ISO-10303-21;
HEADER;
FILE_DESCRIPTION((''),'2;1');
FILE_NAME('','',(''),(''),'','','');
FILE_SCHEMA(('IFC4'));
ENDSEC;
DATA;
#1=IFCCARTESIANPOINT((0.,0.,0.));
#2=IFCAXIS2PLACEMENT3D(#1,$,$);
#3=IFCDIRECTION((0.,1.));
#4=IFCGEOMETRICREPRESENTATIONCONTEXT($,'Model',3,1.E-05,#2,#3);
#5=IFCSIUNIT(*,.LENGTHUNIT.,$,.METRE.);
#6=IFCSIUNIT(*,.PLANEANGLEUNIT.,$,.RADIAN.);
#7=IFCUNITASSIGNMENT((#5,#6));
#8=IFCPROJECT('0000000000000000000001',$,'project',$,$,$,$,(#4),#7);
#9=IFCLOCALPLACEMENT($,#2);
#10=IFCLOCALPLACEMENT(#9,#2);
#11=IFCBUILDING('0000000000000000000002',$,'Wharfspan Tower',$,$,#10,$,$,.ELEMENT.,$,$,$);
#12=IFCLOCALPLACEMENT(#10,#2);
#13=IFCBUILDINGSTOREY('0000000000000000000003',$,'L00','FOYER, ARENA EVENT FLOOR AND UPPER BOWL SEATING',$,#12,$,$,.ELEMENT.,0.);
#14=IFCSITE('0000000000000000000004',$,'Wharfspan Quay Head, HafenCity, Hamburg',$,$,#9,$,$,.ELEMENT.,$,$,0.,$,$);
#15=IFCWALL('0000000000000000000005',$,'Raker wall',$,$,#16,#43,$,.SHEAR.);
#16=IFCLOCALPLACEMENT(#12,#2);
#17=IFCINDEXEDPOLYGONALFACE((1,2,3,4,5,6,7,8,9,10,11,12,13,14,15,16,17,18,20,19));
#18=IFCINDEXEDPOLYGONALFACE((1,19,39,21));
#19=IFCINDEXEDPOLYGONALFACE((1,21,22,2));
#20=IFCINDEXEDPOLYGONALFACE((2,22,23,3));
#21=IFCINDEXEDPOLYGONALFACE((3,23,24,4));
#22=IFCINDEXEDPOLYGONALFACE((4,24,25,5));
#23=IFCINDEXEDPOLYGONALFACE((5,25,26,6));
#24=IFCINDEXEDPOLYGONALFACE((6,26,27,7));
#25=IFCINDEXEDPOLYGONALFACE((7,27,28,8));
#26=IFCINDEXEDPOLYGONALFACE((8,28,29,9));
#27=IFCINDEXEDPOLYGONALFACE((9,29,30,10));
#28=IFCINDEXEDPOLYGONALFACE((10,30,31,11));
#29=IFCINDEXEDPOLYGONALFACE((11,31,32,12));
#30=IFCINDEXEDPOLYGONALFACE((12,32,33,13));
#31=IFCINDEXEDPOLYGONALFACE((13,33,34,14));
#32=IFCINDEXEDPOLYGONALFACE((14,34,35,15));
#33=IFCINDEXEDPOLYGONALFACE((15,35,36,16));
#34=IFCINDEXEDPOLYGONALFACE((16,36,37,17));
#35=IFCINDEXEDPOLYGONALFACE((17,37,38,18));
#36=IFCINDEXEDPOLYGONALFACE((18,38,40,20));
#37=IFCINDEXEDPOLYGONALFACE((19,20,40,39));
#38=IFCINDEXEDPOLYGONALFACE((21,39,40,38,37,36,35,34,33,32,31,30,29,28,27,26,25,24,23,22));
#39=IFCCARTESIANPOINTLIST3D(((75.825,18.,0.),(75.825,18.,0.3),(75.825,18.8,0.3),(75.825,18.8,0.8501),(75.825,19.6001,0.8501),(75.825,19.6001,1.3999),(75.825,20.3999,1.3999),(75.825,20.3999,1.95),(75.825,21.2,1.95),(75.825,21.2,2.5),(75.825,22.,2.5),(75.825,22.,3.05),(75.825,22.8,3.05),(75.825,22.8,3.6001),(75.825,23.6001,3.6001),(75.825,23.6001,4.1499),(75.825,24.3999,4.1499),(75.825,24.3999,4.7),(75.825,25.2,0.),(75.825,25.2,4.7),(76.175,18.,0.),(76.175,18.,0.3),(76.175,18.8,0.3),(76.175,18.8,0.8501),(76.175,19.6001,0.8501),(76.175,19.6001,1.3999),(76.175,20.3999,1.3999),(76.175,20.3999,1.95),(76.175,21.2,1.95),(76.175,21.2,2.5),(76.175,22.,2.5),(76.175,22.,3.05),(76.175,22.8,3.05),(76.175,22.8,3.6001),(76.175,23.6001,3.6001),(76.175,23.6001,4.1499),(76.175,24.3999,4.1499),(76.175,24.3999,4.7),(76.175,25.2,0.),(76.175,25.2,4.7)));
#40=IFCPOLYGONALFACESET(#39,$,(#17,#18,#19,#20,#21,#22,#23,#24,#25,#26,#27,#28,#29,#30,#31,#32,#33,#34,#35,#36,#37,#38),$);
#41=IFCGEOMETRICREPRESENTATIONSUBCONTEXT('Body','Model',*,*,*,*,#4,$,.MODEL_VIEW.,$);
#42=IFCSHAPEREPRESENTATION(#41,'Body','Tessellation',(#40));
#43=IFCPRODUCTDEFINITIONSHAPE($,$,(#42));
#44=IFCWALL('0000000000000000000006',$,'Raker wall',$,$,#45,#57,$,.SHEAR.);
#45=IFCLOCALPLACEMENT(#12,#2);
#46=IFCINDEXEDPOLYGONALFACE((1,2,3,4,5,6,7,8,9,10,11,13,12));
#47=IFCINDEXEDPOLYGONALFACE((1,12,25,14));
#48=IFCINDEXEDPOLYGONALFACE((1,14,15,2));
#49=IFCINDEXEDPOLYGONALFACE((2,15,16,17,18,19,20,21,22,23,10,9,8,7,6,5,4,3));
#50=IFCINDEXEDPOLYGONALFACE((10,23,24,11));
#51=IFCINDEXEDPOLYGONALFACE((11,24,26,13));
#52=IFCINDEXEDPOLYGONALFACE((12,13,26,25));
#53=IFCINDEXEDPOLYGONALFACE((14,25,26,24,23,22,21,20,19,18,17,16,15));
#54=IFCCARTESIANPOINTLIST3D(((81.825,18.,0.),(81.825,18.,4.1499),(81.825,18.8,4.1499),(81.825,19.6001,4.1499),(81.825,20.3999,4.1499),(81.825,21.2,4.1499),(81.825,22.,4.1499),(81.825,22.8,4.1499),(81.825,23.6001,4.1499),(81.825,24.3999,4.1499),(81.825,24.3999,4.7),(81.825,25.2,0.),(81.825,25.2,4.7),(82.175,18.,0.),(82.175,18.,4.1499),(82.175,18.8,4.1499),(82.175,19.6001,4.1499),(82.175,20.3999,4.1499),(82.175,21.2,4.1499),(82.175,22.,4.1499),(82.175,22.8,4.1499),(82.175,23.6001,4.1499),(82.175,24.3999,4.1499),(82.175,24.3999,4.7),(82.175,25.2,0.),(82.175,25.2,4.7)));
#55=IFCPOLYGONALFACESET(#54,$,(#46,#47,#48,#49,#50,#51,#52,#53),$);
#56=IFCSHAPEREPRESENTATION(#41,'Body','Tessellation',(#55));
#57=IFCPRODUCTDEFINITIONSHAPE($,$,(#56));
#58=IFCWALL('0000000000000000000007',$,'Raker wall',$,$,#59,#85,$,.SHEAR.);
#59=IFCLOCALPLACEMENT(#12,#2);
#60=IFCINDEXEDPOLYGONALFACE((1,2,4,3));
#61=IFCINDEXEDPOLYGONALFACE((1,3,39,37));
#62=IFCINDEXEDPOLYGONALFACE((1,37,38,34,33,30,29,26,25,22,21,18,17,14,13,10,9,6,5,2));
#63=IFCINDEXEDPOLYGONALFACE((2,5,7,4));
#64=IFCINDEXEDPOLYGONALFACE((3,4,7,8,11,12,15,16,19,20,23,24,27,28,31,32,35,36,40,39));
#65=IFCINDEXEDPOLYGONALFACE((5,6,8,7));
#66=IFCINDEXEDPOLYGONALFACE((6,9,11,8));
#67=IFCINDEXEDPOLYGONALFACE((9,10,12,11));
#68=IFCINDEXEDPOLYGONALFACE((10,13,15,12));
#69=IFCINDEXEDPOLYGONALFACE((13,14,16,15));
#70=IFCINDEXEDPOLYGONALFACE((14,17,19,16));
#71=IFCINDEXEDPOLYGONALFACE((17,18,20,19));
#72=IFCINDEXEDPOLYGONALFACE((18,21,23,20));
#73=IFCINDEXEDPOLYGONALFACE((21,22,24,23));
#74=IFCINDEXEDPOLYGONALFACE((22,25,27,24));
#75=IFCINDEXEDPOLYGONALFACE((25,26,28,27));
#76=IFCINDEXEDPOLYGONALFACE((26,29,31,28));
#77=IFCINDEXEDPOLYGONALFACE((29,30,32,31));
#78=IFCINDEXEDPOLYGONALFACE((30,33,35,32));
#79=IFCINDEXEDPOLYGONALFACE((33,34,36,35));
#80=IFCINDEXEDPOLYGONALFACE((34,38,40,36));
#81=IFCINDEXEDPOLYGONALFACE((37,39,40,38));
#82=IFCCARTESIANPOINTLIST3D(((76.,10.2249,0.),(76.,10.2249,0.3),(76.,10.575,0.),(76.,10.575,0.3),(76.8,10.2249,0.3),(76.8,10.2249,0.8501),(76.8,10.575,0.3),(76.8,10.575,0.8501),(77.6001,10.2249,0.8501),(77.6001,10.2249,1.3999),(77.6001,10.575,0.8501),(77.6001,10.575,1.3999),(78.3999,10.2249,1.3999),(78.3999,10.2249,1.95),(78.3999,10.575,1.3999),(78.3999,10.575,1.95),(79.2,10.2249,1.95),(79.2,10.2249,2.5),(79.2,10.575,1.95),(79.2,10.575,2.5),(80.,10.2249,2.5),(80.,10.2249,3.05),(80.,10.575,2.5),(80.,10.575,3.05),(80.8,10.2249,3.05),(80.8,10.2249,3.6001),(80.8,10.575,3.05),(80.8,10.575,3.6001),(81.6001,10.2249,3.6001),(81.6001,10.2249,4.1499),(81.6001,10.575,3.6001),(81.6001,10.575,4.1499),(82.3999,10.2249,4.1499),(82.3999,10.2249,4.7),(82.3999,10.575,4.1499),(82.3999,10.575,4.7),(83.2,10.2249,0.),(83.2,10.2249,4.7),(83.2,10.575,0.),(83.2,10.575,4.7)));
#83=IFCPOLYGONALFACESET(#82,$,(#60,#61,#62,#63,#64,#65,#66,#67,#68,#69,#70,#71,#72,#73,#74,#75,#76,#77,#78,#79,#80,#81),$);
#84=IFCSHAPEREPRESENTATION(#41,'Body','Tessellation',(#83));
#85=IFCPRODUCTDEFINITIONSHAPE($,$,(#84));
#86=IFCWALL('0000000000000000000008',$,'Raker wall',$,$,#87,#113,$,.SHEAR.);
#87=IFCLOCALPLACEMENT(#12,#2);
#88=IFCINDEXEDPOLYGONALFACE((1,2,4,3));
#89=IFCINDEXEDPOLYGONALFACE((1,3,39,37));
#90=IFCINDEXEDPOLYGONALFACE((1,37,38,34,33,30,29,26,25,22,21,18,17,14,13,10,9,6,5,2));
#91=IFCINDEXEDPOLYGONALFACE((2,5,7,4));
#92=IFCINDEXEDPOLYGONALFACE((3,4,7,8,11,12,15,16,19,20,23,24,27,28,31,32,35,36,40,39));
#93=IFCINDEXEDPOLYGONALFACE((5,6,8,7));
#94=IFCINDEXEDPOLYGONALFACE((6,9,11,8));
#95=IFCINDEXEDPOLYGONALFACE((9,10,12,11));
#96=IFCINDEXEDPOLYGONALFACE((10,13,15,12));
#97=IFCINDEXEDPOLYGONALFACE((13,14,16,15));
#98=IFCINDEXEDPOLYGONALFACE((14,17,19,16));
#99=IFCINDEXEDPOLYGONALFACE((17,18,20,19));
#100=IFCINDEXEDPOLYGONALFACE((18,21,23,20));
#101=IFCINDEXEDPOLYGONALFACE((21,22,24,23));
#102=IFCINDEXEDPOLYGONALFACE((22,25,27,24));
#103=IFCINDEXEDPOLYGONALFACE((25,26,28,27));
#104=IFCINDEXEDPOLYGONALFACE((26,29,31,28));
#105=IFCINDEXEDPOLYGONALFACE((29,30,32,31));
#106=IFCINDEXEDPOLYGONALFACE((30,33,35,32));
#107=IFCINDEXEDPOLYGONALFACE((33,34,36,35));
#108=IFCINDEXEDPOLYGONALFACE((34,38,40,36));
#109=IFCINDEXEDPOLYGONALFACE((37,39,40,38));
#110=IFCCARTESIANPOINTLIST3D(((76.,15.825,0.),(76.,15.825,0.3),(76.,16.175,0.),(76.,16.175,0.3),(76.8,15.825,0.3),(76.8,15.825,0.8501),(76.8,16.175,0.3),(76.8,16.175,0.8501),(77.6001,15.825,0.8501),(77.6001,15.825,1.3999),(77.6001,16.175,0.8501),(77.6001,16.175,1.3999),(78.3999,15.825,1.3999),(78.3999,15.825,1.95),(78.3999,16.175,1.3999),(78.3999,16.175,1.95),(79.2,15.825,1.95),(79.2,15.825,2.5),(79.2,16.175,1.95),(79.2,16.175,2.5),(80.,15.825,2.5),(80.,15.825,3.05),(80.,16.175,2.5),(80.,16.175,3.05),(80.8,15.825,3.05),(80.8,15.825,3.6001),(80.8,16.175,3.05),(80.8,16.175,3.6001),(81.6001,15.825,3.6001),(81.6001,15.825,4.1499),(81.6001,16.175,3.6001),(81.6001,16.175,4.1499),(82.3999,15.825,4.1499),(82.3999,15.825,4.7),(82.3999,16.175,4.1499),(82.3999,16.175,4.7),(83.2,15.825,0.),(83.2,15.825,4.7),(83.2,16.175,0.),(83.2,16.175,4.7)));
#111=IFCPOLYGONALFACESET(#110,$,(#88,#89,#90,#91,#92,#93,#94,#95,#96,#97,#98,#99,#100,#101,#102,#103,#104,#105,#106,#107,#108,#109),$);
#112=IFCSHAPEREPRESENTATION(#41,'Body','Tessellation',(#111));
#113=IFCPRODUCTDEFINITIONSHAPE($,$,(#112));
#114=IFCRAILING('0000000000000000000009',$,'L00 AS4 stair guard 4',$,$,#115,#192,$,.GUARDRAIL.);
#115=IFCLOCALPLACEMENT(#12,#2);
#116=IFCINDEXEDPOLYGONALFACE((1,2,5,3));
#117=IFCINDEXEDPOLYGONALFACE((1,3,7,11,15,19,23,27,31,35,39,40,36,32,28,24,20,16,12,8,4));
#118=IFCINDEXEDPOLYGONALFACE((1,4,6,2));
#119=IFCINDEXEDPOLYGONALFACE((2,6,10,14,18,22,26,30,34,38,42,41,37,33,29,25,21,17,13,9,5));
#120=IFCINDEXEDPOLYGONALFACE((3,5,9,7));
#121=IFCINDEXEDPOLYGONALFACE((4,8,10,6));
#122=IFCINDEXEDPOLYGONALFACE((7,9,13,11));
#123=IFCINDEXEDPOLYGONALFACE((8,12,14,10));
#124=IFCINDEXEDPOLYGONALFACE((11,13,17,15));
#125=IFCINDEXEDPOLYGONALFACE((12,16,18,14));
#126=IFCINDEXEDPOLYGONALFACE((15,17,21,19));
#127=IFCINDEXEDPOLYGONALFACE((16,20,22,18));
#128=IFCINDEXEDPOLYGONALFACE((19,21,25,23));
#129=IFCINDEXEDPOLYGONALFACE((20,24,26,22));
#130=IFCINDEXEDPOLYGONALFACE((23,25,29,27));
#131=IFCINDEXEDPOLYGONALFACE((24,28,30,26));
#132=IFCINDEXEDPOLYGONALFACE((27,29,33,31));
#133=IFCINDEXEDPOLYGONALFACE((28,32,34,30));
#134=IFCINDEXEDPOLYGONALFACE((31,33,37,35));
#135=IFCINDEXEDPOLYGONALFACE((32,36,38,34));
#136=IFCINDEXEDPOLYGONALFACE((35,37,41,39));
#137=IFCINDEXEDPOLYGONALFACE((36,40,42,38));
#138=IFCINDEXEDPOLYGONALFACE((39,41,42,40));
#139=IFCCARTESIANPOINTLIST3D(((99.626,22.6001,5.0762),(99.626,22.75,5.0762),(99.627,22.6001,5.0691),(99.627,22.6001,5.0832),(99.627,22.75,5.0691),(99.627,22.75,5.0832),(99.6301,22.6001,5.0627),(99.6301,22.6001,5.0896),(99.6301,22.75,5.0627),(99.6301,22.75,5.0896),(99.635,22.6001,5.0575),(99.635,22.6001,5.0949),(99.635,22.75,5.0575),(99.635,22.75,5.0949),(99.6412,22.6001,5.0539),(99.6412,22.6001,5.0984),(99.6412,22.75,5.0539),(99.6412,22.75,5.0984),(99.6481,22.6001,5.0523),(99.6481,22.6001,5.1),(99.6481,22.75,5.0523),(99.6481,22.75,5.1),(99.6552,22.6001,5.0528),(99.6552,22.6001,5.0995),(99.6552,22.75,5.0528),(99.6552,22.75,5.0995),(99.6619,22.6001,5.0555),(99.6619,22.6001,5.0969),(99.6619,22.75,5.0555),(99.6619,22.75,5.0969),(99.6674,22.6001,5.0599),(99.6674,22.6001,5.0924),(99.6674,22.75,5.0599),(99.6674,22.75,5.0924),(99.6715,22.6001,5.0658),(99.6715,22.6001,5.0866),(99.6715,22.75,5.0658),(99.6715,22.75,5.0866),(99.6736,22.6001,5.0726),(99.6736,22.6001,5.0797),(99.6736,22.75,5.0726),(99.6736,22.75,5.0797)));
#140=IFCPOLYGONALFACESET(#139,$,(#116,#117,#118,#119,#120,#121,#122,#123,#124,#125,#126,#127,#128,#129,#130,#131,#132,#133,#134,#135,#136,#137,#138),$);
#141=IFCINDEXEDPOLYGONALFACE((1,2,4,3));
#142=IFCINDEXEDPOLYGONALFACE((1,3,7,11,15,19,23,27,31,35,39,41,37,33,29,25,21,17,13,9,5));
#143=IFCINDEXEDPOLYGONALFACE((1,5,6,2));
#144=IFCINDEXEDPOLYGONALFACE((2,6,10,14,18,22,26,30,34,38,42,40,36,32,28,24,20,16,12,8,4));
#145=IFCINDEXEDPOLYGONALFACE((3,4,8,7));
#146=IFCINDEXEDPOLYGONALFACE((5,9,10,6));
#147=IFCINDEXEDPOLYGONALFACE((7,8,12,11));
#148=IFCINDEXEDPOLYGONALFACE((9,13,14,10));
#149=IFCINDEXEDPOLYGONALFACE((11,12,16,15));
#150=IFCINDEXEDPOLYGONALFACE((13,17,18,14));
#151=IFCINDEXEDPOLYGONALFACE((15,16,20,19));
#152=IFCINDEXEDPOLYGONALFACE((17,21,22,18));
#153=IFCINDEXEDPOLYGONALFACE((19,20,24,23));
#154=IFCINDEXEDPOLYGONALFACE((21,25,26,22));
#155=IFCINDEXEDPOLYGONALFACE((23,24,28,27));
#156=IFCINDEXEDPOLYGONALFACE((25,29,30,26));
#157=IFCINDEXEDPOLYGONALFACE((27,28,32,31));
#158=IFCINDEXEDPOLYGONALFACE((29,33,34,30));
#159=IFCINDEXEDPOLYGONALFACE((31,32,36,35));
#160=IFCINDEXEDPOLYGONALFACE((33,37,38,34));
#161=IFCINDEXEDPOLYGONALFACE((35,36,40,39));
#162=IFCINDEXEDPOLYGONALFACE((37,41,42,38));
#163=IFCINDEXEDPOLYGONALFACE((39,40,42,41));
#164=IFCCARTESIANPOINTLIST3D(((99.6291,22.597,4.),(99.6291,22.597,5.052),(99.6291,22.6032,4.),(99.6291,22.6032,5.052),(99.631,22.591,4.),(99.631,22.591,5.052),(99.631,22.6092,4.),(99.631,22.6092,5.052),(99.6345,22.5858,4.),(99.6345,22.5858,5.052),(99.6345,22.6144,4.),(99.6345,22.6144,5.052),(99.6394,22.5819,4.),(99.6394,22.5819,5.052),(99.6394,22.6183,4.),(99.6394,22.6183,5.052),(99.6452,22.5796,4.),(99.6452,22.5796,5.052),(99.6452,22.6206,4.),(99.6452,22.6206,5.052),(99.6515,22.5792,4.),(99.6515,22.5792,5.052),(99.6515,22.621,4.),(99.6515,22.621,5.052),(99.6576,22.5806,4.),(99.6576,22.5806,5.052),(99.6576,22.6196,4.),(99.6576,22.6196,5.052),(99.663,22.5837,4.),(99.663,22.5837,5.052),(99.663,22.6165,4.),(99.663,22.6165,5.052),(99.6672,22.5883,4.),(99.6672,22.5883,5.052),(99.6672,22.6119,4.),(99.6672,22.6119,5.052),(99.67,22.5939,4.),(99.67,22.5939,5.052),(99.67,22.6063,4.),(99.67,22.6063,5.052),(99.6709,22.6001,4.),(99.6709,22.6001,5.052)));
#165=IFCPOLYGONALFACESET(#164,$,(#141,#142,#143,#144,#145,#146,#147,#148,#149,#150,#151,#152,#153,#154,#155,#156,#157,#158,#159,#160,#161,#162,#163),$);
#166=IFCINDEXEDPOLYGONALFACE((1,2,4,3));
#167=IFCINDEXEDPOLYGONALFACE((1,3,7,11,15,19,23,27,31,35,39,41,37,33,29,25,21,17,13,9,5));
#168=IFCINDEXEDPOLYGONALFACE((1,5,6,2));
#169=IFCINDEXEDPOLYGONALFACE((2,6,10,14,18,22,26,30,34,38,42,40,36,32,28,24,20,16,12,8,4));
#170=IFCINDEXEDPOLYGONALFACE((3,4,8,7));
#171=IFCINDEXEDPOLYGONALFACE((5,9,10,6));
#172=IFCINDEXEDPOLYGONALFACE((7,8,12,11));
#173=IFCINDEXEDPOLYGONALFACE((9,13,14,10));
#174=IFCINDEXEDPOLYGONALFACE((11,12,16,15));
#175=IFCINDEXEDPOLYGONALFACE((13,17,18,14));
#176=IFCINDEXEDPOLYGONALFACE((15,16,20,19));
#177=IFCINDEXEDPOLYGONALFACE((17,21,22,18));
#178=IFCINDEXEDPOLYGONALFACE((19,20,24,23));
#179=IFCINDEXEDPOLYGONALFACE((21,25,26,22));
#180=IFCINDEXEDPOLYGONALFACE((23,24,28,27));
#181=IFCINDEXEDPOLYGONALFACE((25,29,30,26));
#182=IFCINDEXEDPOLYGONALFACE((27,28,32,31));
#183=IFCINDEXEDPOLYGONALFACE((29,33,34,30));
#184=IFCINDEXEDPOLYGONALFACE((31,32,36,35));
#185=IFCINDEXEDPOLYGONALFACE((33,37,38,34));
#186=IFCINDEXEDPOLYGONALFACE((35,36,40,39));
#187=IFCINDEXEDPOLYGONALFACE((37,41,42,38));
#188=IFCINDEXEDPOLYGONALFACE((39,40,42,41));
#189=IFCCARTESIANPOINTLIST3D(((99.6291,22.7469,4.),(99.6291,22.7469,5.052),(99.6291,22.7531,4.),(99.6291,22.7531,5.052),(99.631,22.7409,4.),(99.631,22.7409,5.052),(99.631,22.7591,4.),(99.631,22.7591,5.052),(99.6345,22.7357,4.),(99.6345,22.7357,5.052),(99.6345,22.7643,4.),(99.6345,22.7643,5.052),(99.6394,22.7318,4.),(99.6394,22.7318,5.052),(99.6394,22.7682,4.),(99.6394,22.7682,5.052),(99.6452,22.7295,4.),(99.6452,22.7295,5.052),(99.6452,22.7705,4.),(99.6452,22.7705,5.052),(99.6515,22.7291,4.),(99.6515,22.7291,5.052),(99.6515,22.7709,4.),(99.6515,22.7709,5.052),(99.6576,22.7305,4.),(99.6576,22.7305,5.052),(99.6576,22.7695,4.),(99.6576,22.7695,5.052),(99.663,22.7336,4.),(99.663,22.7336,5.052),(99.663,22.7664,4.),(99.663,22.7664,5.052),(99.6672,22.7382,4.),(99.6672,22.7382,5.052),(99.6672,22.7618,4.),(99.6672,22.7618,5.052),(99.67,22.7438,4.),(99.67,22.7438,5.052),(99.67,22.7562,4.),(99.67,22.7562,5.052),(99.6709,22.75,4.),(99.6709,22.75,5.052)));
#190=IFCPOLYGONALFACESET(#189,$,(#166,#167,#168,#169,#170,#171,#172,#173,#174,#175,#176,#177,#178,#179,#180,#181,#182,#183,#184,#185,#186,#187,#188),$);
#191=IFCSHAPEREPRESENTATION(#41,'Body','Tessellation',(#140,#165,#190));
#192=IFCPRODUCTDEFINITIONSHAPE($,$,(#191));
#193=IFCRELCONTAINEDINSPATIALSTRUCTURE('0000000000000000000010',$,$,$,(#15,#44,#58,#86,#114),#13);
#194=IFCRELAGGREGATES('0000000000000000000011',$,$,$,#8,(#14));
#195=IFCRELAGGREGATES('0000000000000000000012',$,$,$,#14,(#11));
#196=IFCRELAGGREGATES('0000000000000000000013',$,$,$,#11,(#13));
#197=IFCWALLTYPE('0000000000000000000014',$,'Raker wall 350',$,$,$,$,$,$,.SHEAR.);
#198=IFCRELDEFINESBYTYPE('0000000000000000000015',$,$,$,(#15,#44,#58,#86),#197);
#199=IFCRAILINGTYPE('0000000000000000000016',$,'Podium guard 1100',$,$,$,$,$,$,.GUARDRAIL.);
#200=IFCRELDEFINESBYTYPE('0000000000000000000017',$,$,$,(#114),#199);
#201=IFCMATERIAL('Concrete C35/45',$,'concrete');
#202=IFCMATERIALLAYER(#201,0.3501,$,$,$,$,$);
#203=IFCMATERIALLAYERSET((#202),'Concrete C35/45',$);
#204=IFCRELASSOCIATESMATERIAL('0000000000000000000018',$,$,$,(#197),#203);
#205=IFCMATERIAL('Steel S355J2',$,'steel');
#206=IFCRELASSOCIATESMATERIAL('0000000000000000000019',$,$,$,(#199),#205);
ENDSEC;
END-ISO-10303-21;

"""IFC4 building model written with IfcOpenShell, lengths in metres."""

from ifc_helpers import new_model, si_unit, direction, frame, origin, origin_2d, place, context, subcontext, project, spatial, polyline, circle, outline, extrude, material, layer, layer_set, type_object, element, save


model = new_model("IFC4")

# Units and contexts
model_context = context("Model", 3, precision=1e-05, world=origin(), true_north=direction((0.0, 1.0)))
body_context = subcontext(model_context, "Body", "Model", "MODEL_VIEW")
ifc_project = project(units=[si_unit("LENGTHUNIT", "METRE"), si_unit("PLANEANGLEUNIT", "RADIAN")], contexts=[model_context])

# Site, building, storey
site_placement = place(None, origin())
site = spatial("IfcSite", under=ifc_project, at=site_placement, Name="Wharfspan Quay Head, HafenCity, Hamburg", CompositionType="ELEMENT", RefElevation=0.0)
building_placement = place(site_placement, origin())
building = spatial("IfcBuilding", under=site, at=building_placement, Name="Wharfspan Tower", CompositionType="ELEMENT")
storey_placement = place(building_placement, origin())
storey = spatial("IfcBuildingStorey", under=building, at=storey_placement, Name="L00", Description="FOYER, ARENA EVENT FLOOR AND UPPER BOWL SEATING", CompositionType="ELEMENT", Elevation=0.0)

# Walls
ifc_material_1 = material(Name="Concrete C35/45", Category="concrete")
ifc_layer_1 = layer(ifc_material_1, 0.3501)
ifc_layer_set_1 = layer_set([ifc_layer_1], Name="Concrete C35/45")
wall_type_1 = type_object("IfcWallType", Name="Raker wall 350", PredefinedType="SHEAR", material=ifc_layer_set_1)
wall_1_placement = place(storey_placement, frame((76.0, 18.0, 0.0), z_axis=(0.0, 0.0, 1.0), x_axis=(0.0, 1.0, 0.0)))
element("IfcWall", 1, at=wall_1_placement, inside=storey, type_object=wall_type_1, Name="Raker wall", PredefinedType="SHEAR", context=body_context, shape_type="SweptSolid", body=[
    extrude(outline(polyline([(0.0, 0.0), (7.2, 0.0), (7.2, 4.7), (6.3999, 4.7), (6.3999, 4.1499), (5.6001, 4.1499), (5.6001, 3.6001), (4.8, 3.6001), (4.8, 3.05), (4.0, 3.05), (4.0, 2.5), (3.2, 2.5), (3.2, 1.95), (2.3999, 1.95), (2.3999, 1.3999), (1.6001, 1.3999), (1.6001, 0.8501), (0.8, 0.8501), (0.8, 0.3), (0.0, 0.3), (0.0, 0.0)])), frame((0.0, 0.175, 0.0), z_axis=(0.0, -1.0, 0.0), x_axis=(1.0, 0.0, 0.0)), (0.0, 0.0, 1.0), 0.3501),
])
wall_2_placement = place(storey_placement, frame((82.0, 18.0, 0.0), z_axis=(0.0, 0.0, 1.0), x_axis=(0.0, 1.0, 0.0)))
element("IfcWall", 2, at=wall_2_placement, inside=storey, type_object=wall_type_1, Name="Raker wall", PredefinedType="SHEAR", context=body_context, shape_type="SweptSolid", body=[
    extrude(outline(polyline([(0.0, 0.0), (7.2, 0.0), (7.2, 4.7), (6.3999, 4.7), (6.3999, 4.1499), (5.6001, 4.1499), (4.8, 4.1499), (4.0, 4.1499), (3.2, 4.1499), (2.3999, 4.1499), (1.6001, 4.1499), (0.8, 4.1499), (0.0, 4.1499), (0.0, 0.0)])), frame((0.0, 0.175, 0.0), z_axis=(0.0, -1.0, 0.0), x_axis=(1.0, 0.0, 0.0)), (0.0, 0.0, 1.0), 0.3501),
])
for number, where, z_axis, x_axis, name in (
    (3, (76.0, 10.3999, 0.0), (0.0, 0.0, 1.0), (1.0, 0.0, 0.0), "Raker wall"),
    (4, (76.0, 16.0, 0.0), (0.0, 0.0, 1.0), (1.0, 0.0, 0.0), "Raker wall"),
):
    element("IfcWall", number, at=place(storey_placement, frame(where, z_axis=z_axis, x_axis=x_axis)), inside=storey, type_object=wall_type_1, Name=name, PredefinedType="SHEAR", context=body_context, shape_type="SweptSolid", body=[
        extrude(outline(polyline([(0.0, 0.0), (7.2, 0.0), (7.2, 4.7), (6.3999, 4.7), (6.3999, 4.1499), (5.6001, 4.1499), (5.6001, 3.6001), (4.8, 3.6001), (4.8, 3.05), (4.0, 3.05), (4.0, 2.5), (3.2, 2.5), (3.2, 1.95), (2.3999, 1.95), (2.3999, 1.3999), (1.6001, 1.3999), (1.6001, 0.8501), (0.8, 0.8501), (0.8, 0.3), (0.0, 0.3), (0.0, 0.0)])), frame((0.0, 0.175, 0.0), z_axis=(0.0, -1.0, 0.0), x_axis=(1.0, 0.0, 0.0)), (0.0, 0.0, 1.0), 0.3501),
    ])

# Railing
ifc_material_2 = material(Name="Steel S355J2", Category="steel")
railing_type_1 = type_object("IfcRailingType", Name="Podium guard 1100", PredefinedType="GUARDRAIL", material=ifc_material_2)
for number, where, name in (
    (5, (99.6499, 22.6001, 4.0), "L00 AS4 stair guard 4"),
):
    element("IfcRailing", number, at=place(storey_placement, frame(where)), inside=storey, type_object=railing_type_1, Name=name, PredefinedType="GUARDRAIL", context=body_context, shape_type="SweptSolid", body=[
        extrude(circle(Radius=0.0239, at=origin_2d()), frame((0.0, 0.0, 1.0762), z_axis=(0.0, 1.0, 0.0), x_axis=(-1.0, 0.0, 0.0)), (0.0, 0.0, 1.0), 0.1499),
        extrude(circle(Radius=0.021, at=origin_2d()), origin(), (0.0, 0.0, 1.0), 1.052),
        extrude(circle(Radius=0.021, at=origin_2d()), frame((0.0, 0.1499, 0.0)), (0.0, 0.0, 1.0), 1.052),
    ])

save(model, "model.ifc")
